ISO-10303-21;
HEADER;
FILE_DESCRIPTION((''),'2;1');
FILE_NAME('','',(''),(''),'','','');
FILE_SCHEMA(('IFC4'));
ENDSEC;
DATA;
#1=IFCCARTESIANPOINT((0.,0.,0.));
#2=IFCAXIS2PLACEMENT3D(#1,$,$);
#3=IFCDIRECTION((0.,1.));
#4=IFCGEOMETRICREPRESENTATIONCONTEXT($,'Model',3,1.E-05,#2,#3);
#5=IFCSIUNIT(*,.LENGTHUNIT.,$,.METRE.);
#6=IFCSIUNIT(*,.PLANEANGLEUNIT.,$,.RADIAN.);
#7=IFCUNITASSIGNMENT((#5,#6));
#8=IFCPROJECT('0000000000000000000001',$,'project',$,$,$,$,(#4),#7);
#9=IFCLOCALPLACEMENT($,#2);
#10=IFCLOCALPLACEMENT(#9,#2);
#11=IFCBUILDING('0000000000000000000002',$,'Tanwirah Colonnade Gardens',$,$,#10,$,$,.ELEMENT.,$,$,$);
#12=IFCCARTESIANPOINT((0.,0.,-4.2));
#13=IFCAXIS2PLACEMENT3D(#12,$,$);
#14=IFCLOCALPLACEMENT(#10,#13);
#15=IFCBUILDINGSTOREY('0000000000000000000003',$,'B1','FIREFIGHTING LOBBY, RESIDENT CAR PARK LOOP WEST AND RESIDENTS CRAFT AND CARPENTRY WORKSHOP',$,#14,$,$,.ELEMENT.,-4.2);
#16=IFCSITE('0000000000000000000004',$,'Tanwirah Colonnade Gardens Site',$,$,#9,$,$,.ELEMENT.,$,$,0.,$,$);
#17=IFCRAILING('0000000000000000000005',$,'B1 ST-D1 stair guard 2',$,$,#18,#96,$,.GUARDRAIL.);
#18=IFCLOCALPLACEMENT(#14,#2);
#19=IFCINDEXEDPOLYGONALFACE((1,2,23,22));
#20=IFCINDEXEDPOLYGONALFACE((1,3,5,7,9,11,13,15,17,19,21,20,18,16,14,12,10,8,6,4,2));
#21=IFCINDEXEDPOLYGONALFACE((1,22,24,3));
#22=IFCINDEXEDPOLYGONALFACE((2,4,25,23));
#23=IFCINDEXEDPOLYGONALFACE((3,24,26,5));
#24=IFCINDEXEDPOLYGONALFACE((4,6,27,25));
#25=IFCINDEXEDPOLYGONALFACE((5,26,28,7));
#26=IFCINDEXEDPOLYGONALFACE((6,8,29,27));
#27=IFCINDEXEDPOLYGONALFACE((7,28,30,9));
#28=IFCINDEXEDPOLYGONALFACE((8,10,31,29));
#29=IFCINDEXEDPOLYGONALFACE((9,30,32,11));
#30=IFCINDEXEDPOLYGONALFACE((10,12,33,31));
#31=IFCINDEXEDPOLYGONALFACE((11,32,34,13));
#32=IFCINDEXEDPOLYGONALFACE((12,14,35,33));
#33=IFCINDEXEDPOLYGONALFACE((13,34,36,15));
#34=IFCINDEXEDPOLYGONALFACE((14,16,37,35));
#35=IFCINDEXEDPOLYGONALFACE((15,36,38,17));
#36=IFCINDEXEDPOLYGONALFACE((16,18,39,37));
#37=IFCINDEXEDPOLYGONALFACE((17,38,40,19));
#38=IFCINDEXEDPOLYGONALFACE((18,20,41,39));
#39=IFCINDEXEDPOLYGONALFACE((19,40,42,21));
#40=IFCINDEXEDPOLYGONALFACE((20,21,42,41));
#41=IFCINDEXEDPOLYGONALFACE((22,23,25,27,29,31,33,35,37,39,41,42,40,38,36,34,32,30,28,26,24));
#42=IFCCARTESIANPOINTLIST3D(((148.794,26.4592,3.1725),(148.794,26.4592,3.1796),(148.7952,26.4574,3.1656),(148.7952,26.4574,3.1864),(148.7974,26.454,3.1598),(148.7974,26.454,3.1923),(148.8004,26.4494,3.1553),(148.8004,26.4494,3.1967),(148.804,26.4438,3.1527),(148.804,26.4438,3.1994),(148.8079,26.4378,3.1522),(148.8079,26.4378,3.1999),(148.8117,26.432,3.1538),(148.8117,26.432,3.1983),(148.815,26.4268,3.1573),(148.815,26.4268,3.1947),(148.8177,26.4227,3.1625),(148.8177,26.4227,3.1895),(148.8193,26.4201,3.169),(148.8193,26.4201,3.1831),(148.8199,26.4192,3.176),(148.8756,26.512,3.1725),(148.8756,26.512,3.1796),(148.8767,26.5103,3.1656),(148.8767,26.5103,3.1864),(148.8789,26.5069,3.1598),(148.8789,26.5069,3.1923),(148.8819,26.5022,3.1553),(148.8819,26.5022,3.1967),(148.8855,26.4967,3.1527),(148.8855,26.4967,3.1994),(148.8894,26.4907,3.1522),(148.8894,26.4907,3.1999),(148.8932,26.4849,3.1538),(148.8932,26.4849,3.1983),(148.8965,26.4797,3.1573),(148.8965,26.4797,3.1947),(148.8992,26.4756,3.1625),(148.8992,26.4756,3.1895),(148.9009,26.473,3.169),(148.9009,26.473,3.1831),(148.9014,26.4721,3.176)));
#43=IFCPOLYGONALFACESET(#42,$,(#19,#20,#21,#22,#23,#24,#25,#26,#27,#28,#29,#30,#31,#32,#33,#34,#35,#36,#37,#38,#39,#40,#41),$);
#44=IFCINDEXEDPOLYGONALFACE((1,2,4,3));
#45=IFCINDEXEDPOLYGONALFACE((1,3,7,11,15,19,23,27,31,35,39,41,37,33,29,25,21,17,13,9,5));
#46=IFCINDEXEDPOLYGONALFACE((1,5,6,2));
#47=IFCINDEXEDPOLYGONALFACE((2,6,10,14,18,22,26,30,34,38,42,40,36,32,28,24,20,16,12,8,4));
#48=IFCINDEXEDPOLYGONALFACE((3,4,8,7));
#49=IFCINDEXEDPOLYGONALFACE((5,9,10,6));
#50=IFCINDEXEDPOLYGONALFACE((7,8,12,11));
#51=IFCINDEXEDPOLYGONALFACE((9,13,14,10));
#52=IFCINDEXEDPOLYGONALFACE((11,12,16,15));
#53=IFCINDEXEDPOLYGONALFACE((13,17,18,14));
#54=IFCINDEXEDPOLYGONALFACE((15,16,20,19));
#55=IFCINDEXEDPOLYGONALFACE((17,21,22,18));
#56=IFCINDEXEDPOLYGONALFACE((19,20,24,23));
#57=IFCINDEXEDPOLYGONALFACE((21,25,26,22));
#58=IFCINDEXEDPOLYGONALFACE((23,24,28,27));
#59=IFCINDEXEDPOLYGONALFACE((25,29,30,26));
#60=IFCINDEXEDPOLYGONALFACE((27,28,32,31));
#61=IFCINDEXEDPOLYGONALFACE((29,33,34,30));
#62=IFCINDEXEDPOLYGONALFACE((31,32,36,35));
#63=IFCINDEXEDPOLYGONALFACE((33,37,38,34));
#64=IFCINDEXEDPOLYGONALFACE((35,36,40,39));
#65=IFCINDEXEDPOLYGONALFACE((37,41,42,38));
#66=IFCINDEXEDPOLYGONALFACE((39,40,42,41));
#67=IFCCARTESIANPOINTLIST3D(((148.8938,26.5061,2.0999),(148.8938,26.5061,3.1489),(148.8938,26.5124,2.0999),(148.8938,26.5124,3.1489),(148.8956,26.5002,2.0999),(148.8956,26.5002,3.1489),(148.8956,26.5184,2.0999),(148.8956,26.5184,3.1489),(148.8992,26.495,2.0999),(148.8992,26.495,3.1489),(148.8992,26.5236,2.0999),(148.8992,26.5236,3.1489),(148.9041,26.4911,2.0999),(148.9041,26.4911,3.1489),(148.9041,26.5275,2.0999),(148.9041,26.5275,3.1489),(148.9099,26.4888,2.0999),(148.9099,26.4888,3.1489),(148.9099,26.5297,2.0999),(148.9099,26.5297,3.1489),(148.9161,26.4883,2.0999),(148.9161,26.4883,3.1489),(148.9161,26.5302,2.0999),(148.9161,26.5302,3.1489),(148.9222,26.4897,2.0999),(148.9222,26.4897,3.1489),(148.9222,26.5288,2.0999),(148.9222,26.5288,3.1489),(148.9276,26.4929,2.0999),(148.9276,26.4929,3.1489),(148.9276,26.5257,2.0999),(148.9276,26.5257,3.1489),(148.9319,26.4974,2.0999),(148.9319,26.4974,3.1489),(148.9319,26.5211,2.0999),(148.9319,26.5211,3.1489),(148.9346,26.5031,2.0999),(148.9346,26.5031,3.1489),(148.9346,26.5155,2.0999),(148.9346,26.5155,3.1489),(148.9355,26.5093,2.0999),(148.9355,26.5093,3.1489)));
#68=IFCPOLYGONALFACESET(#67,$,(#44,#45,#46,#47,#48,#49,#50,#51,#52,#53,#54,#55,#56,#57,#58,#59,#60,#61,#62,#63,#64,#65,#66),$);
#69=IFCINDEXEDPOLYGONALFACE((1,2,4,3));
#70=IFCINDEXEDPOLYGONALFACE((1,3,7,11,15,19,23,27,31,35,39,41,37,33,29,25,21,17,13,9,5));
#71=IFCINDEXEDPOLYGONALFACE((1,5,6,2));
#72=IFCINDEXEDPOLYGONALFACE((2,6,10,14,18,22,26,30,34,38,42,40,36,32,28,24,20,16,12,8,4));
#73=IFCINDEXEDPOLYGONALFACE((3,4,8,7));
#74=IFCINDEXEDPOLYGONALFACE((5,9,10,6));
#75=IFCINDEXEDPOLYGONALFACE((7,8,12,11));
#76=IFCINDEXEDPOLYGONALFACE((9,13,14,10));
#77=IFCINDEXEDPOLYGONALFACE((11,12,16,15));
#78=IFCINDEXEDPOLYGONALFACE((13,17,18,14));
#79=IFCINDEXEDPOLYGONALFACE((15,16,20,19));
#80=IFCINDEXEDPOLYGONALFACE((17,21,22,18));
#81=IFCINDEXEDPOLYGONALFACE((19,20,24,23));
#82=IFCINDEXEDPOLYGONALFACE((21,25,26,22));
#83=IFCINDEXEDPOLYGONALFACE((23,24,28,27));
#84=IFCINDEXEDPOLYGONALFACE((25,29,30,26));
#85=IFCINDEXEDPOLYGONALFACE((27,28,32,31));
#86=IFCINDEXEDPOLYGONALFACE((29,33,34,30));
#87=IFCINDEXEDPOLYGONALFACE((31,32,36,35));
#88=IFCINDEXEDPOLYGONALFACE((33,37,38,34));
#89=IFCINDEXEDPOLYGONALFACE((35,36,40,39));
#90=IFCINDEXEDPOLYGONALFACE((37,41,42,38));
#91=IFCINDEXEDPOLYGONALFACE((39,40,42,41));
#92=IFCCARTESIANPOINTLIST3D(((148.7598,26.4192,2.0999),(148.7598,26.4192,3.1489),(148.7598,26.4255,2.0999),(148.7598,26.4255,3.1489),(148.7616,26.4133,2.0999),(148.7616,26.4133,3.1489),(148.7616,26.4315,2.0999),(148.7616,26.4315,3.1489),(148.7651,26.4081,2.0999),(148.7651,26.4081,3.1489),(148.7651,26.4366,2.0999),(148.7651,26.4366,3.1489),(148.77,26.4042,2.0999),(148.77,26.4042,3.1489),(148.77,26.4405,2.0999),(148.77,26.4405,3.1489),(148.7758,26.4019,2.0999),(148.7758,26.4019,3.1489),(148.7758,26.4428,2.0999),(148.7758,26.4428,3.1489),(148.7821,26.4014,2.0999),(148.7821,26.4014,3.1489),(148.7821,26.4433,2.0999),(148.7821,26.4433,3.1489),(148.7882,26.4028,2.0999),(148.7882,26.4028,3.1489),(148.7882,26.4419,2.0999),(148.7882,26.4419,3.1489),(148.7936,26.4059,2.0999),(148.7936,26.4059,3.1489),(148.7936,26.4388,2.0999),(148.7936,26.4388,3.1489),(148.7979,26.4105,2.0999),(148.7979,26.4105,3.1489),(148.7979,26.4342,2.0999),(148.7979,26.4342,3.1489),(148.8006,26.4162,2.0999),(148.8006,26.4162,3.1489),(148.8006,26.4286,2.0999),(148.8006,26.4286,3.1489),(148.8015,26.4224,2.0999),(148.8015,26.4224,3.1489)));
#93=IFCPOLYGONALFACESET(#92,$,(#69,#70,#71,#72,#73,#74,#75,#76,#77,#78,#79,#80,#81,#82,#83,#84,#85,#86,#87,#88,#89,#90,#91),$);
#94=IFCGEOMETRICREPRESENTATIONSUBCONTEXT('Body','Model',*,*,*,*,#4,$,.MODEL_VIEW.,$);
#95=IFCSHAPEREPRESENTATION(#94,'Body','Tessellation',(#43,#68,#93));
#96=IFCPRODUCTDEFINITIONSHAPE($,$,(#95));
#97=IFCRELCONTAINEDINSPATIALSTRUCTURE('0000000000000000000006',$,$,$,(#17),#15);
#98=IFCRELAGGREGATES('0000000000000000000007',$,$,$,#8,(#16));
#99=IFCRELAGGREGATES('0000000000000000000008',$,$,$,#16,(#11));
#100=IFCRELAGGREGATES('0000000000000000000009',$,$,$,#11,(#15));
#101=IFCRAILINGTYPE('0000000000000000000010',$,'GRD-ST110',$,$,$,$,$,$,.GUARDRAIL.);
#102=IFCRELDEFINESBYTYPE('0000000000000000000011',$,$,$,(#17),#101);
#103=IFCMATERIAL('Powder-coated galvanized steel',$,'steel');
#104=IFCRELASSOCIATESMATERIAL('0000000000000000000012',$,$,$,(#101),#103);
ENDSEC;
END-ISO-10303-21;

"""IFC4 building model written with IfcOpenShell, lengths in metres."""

from ifc_helpers import new_model, si_unit, direction, frame, origin, origin_2d, place, context, subcontext, project, spatial, circle, extrude, material, type_object, element, save


model = new_model("IFC4")

# Units and contexts
model_context = context("Model", 3, precision=1e-05, world=origin(), true_north=direction((0.0, 1.0)))
body_context = subcontext(model_context, "Body", "Model", "MODEL_VIEW")
ifc_project = project(units=[si_unit("LENGTHUNIT", "METRE"), si_unit("PLANEANGLEUNIT", "RADIAN")], contexts=[model_context])

# Site, building, storey
site_placement = place(None, origin())
site = spatial("IfcSite", under=ifc_project, at=site_placement, Name="Tanwirah Colonnade Gardens Site", CompositionType="ELEMENT", RefElevation=0.0)
building_placement = place(site_placement, origin())
building = spatial("IfcBuilding", under=site, at=building_placement, Name="Tanwirah Colonnade Gardens", CompositionType="ELEMENT")
storey_placement = place(building_placement, frame((0.0, 0.0, -4.2)))
storey = spatial("IfcBuildingStorey", under=building, at=storey_placement, Name="B1", Description="FIREFIGHTING LOBBY, RESIDENT CAR PARK LOOP WEST AND RESIDENTS CRAFT AND CARPENTRY WORKSHOP", CompositionType="ELEMENT", Elevation=-4.2)

# Railing
ifc_material_1 = material(Name="Powder-coated galvanized steel", Category="steel")
railing_type_1 = type_object("IfcRailingType", Name="GRD-ST110", PredefinedType="GUARDRAIL", material=ifc_material_1)
railing_1_placement = place(storey_placement, frame((148.9146, 26.5093, 2.0999)))
element("IfcRailing", 1, at=railing_1_placement, inside=storey, type_object=railing_type_1, Name="B1 ST-D1 stair guard 2", PredefinedType="GUARDRAIL", context=body_context, shape_type="SweptSolid", body=[
    extrude(circle(Radius=0.0239, at=origin_2d()), frame((-0.0261, -0.0171, 1.0762), z_axis=(-0.839037, -0.544075, 0.0), x_axis=(0.544075, -0.839037, 0.0)), (0.0, 0.0, 1.0), 0.0972),
    extrude(circle(Radius=0.021, at=origin_2d()), origin(), (0.0, 0.0, 1.0), 1.0491),
    extrude(circle(Radius=0.021, at=origin_2d()), frame((-0.134, -0.0869, 0.0)), (0.0, 0.0, 1.0), 1.0491),
])

save(model, "model.ifc")
